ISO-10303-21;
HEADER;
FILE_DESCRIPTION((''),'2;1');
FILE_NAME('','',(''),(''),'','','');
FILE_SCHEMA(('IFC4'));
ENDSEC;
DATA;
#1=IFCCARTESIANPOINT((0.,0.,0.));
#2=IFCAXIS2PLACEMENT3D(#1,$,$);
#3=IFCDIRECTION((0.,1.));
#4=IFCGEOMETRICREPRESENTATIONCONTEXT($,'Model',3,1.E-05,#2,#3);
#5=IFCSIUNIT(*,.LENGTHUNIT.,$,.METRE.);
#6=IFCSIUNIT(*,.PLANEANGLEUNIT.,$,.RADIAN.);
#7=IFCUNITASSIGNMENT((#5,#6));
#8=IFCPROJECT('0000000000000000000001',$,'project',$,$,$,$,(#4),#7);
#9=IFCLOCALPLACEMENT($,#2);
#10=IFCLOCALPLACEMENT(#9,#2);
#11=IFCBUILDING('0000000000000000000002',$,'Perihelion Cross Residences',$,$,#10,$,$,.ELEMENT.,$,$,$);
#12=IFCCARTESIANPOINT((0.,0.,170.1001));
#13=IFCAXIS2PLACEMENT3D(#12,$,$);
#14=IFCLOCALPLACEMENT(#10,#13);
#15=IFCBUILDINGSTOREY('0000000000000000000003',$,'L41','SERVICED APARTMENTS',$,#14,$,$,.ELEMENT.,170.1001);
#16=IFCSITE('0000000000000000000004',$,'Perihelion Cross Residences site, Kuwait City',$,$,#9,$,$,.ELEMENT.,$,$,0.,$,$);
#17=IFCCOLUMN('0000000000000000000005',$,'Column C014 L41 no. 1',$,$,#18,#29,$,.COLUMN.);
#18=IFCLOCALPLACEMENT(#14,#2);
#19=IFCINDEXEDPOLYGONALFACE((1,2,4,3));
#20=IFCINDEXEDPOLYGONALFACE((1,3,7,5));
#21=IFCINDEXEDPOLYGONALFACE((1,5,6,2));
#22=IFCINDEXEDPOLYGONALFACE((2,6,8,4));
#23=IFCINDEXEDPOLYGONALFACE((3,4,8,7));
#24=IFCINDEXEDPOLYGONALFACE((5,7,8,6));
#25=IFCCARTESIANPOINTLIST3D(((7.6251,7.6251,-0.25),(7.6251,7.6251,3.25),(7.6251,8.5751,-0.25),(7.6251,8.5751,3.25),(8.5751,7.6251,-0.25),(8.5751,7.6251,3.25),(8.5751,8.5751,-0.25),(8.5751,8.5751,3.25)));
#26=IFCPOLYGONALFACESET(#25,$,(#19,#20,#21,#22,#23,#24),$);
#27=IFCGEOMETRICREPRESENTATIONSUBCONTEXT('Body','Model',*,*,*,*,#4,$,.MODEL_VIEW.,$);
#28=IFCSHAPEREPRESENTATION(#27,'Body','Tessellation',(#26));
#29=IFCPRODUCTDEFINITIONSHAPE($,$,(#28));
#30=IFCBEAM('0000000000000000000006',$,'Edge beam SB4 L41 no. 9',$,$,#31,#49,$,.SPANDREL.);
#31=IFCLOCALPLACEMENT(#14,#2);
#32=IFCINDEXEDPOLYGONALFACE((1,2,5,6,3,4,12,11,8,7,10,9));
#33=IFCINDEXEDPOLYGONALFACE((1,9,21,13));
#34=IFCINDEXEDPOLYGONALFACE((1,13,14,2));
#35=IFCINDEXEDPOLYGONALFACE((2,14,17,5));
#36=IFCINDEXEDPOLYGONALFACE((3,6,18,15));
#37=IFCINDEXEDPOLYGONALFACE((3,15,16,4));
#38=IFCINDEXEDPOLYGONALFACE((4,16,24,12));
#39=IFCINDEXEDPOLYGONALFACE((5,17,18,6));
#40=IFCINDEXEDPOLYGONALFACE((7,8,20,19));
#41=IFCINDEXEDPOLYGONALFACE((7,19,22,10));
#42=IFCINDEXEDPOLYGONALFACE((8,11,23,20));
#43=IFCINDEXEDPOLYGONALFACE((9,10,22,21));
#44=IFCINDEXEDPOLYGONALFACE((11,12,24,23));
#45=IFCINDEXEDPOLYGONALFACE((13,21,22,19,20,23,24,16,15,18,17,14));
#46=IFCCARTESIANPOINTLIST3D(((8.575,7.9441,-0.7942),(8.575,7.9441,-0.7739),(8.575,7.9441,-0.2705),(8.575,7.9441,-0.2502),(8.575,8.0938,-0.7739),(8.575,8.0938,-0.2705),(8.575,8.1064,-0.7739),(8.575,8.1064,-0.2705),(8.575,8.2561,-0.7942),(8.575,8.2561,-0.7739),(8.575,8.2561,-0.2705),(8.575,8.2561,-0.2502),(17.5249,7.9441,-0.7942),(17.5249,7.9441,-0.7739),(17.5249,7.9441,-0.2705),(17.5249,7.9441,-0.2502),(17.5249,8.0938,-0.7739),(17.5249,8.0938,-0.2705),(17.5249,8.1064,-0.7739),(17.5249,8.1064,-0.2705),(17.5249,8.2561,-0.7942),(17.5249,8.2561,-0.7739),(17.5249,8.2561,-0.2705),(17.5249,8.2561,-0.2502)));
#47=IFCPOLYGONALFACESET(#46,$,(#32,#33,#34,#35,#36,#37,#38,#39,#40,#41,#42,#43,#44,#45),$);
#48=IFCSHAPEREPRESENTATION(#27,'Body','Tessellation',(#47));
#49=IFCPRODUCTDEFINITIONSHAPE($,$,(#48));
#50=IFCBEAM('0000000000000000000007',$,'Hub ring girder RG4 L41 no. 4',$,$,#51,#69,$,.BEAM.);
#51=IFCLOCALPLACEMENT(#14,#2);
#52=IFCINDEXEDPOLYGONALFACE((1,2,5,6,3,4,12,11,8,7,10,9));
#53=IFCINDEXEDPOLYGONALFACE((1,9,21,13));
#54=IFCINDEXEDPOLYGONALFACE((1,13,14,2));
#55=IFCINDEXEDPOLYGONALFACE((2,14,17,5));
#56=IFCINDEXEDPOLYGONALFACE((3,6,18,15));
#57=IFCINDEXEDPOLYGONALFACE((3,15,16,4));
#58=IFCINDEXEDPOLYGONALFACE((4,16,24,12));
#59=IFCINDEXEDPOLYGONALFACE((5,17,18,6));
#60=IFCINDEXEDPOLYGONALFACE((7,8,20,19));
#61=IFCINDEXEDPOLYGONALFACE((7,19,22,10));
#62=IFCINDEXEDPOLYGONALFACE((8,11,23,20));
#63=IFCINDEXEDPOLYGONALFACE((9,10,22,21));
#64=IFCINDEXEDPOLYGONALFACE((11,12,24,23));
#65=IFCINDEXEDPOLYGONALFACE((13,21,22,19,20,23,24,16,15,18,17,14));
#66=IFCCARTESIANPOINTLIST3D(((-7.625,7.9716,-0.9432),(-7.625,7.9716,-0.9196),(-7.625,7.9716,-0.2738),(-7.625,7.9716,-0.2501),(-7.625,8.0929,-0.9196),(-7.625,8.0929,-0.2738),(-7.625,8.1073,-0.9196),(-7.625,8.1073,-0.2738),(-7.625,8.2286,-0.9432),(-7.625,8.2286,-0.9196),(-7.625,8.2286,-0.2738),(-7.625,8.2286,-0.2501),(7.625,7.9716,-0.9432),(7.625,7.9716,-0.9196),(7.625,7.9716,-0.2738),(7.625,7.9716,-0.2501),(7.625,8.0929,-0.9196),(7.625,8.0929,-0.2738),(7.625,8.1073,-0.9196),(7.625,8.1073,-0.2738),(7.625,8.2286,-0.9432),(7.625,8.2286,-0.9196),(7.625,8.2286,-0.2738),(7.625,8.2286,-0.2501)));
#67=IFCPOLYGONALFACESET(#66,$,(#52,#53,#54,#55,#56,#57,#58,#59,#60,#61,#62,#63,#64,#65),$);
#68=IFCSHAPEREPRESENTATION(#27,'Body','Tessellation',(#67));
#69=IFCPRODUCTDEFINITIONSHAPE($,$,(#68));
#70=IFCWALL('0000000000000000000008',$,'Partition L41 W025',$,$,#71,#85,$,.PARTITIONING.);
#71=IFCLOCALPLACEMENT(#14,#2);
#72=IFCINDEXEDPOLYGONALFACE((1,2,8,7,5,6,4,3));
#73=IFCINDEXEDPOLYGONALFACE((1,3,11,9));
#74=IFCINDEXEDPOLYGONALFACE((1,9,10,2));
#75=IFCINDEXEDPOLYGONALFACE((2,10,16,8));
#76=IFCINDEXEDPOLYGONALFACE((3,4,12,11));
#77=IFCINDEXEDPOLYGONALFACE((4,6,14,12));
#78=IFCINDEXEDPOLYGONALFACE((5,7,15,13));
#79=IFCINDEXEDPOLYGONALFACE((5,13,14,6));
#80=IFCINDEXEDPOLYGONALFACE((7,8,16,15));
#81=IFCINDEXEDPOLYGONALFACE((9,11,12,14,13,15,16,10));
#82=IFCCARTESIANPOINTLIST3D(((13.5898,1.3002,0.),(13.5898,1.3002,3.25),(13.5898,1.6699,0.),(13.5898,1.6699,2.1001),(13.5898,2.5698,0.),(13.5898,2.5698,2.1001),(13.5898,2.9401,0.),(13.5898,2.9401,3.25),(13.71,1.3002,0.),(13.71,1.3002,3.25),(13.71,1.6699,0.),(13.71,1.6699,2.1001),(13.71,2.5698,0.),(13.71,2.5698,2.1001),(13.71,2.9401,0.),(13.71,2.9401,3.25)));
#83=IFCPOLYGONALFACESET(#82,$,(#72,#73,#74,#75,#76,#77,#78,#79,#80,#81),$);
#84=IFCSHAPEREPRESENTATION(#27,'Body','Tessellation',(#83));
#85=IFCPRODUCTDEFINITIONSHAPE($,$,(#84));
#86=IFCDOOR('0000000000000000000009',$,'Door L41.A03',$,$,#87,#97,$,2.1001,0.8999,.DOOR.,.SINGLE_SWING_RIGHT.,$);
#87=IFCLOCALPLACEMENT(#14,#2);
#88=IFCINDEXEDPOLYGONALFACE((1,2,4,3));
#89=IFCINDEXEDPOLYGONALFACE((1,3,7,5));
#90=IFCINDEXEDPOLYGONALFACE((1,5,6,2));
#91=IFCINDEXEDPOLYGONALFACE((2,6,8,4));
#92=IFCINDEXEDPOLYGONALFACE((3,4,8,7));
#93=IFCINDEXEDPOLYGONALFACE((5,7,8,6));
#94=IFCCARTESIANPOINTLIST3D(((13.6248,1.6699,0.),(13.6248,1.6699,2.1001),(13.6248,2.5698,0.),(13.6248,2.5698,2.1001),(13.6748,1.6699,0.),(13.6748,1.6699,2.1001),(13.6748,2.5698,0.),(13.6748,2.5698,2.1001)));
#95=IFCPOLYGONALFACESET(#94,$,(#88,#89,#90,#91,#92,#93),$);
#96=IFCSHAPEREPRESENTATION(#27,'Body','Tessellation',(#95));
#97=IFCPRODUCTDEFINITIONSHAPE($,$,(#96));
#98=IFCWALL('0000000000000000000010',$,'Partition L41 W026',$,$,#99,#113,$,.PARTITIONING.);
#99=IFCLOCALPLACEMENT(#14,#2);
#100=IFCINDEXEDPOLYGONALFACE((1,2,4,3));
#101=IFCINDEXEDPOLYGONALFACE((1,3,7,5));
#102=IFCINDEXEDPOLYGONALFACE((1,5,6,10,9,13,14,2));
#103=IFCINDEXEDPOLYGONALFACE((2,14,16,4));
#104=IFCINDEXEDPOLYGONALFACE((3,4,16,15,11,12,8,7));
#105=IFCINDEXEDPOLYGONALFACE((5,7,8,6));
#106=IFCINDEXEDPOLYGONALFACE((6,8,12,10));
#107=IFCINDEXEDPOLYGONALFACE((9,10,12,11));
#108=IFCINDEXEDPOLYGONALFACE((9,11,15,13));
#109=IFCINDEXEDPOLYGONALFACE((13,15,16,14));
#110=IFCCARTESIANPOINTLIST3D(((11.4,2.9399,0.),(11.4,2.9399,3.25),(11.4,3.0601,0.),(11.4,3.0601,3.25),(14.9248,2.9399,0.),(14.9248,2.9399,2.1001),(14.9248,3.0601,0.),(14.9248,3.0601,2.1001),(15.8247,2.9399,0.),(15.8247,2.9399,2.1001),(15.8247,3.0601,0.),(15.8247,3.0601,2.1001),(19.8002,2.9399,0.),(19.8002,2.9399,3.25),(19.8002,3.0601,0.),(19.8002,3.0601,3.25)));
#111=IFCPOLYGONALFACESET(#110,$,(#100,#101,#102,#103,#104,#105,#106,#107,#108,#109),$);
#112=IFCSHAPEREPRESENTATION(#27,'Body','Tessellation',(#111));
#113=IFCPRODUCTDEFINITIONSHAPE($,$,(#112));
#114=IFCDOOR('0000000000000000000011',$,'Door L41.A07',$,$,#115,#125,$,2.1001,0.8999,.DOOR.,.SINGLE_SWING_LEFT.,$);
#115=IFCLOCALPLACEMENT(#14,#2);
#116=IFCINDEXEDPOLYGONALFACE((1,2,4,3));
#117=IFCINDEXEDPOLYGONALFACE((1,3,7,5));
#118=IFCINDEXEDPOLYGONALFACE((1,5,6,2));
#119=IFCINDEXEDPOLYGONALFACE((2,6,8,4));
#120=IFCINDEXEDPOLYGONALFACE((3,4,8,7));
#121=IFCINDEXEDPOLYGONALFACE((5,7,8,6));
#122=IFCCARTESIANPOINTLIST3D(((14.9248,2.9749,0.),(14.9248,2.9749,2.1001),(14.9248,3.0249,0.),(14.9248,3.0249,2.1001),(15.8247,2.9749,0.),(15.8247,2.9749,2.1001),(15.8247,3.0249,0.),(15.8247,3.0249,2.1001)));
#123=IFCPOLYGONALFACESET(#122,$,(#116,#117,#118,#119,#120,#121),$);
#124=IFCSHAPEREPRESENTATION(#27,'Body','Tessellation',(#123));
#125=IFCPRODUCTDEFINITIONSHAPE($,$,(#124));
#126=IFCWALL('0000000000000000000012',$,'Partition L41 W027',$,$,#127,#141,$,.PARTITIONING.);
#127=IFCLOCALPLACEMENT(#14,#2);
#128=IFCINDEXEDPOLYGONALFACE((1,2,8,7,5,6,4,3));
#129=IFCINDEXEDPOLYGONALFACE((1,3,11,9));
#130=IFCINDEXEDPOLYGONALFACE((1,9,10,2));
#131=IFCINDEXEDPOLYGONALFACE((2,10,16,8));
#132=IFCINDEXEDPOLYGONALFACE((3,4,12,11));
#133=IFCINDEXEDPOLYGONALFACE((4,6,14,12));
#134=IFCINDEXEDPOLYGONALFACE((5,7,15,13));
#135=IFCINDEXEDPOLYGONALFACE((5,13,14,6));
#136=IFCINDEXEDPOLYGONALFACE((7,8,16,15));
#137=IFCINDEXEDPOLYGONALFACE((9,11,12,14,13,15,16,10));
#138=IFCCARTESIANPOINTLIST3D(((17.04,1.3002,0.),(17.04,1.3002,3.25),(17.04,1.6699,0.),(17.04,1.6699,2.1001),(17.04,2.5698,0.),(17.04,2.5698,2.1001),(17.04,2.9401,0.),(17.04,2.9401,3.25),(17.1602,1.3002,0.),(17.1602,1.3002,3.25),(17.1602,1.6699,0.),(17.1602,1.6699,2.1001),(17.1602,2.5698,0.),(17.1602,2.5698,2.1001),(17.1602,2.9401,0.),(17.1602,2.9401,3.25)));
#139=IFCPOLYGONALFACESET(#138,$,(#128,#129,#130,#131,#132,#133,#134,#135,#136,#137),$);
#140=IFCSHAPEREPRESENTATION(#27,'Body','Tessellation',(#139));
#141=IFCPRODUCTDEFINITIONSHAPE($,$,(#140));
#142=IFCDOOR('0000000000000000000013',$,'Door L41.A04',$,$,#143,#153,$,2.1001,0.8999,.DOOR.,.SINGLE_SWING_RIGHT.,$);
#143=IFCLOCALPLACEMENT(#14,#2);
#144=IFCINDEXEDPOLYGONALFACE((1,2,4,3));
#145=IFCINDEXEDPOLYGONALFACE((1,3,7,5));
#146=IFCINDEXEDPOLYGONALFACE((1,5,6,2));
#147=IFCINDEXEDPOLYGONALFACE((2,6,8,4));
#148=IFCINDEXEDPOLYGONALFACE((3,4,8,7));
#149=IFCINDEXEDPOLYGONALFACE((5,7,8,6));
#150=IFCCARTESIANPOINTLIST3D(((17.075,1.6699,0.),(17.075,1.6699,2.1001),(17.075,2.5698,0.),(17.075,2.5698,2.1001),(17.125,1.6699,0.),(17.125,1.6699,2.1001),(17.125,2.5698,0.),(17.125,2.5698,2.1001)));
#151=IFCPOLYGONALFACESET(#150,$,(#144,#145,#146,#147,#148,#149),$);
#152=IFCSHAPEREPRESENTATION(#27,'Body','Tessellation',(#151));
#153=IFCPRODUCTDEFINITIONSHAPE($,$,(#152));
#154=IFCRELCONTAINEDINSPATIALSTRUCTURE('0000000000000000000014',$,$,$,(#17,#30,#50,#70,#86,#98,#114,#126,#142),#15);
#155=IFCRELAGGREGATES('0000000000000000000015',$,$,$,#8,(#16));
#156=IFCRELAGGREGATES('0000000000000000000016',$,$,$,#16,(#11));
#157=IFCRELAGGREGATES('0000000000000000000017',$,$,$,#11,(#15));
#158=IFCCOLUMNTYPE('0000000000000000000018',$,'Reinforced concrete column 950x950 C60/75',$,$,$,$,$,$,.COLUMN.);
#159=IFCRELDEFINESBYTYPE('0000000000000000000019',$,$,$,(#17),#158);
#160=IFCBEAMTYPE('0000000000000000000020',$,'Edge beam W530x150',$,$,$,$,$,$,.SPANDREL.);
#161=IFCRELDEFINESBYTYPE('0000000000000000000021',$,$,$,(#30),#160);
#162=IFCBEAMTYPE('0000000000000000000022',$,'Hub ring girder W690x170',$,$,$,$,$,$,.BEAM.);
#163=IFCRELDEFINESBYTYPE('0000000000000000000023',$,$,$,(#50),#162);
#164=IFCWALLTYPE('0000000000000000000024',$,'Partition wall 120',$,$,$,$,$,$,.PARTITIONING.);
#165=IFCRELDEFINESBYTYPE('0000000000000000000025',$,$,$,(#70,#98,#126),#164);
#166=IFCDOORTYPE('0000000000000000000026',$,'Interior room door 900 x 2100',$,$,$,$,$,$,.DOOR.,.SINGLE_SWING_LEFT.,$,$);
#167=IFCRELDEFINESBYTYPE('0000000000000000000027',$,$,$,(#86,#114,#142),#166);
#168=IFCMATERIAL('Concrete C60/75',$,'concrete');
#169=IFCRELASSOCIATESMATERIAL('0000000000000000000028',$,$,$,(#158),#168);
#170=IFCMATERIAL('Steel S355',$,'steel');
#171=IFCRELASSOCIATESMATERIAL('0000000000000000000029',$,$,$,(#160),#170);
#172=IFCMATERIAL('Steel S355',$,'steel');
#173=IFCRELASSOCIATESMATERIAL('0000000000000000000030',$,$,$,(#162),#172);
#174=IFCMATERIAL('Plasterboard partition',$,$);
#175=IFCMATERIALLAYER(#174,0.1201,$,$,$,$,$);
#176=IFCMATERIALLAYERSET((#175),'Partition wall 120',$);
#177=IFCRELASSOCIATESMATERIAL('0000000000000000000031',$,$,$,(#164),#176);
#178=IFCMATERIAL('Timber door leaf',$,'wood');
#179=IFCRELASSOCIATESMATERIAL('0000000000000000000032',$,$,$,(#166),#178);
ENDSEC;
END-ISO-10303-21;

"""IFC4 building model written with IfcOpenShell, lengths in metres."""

from ifc_helpers import new_model, si_unit, direction, frame, frame_2d, origin, origin_2d, place, context, subcontext, project, spatial, rectangle, i_section, extrude, material, layer, layer_set, material_profile, profile_set, type_object, element, fill, save


model = new_model("IFC4")

# Units and contexts
model_context = context("Model", 3, precision=1e-05, world=origin(), true_north=direction((0.0, 1.0)))
body_context = subcontext(model_context, "Body", "Model", "MODEL_VIEW")
ifc_project = project(units=[si_unit("LENGTHUNIT", "METRE"), si_unit("PLANEANGLEUNIT", "RADIAN")], contexts=[model_context])

# Site, building, storey
site_placement = place(None, origin())
site = spatial("IfcSite", under=ifc_project, at=site_placement, Name="Perihelion Cross Residences site, Kuwait City", CompositionType="ELEMENT", RefElevation=0.0)
building_placement = place(site_placement, origin())
building = spatial("IfcBuilding", under=site, at=building_placement, Name="Perihelion Cross Residences", CompositionType="ELEMENT")
storey_placement = place(building_placement, frame((0.0, 0.0, 170.1001)))
storey = spatial("IfcBuildingStorey", under=building, at=storey_placement, Name="L41", Description="SERVICED APARTMENTS", CompositionType="ELEMENT", Elevation=170.1001)

# Column
ifc_material_1 = material(Name="Concrete C60/75", Category="concrete")
ifc_material_profile_1 = material_profile(ifc_material_1, rectangle(XDim=0.95, YDim=0.95, at=origin_2d()), Name="RC 950x950")
ifc_profile_set_1 = profile_set([ifc_material_profile_1], Name="Concrete C60/75")
column_type = type_object("IfcColumnType", Name="Reinforced concrete column 950x950 C60/75", PredefinedType="COLUMN", material=ifc_profile_set_1)
column_placement = place(storey_placement, frame((8.1001, 8.1001, -0.25), z_axis=(0.0, 0.0, 1.0), x_axis=(1.0, 0.0, 0.0)))
element("IfcColumn", 1, at=column_placement, inside=storey, type_object=column_type, Name="Column C014 L41 no. 1", PredefinedType="COLUMN", context=body_context, shape_type="SweptSolid", body=[
    extrude(rectangle(XDim=0.95, YDim=0.95, at=origin_2d()), origin(), (0.0, 0.0, 1.0), 3.5),
])

# Beams
ifc_material_2 = material(Name="Steel S355", Category="steel")
ifc_material_profile_2 = material_profile(ifc_material_2, i_section(OverallWidth=0.312, OverallDepth=0.5439, WebThickness=0.0127, FlangeThickness=0.0203, at=origin_2d()), Name="W530x150")
ifc_profile_set_2 = profile_set([ifc_material_profile_2], Name="Steel S355")
beam_type_1 = type_object("IfcBeamType", Name="Edge beam W530x150", PredefinedType="SPANDREL", material=ifc_profile_set_2)
beam_1_placement = place(storey_placement, frame((17.5249, 8.1001, -0.5222), z_axis=(-1.0, 0.0, 0.0), x_axis=(0.0, -1.0, 0.0)))
element("IfcBeam", 2, at=beam_1_placement, inside=storey, type_object=beam_type_1, Name="Edge beam SB4 L41 no. 9", PredefinedType="SPANDREL", context=body_context, shape_type="SweptSolid", body=[
    extrude(i_section(OverallWidth=0.312, OverallDepth=0.5439, WebThickness=0.0127, FlangeThickness=0.0203, at=origin_2d()), origin(), (0.0, 0.0, 1.0), 8.95),
])
ifc_material_3 = material(Name="Steel S355", Category="steel")
ifc_material_profile_3 = material_profile(ifc_material_3, i_section(OverallWidth=0.2571, OverallDepth=0.6931, WebThickness=0.0144, FlangeThickness=0.0237, at=origin_2d()), Name="W690x170")
ifc_profile_set_3 = profile_set([ifc_material_profile_3], Name="Steel S355")
beam_type_2 = type_object("IfcBeamType", Name="Hub ring girder W690x170", PredefinedType="BEAM", material=ifc_profile_set_3)
beam_2_placement = place(storey_placement, frame((7.625, 8.1001, -0.5967), z_axis=(-1.0, 0.0, 0.0), x_axis=(0.0, -1.0, 0.0)))
element("IfcBeam", 3, at=beam_2_placement, inside=storey, type_object=beam_type_2, Name="Hub ring girder RG4 L41 no. 4", PredefinedType="BEAM", context=body_context, shape_type="SweptSolid", body=[
    extrude(i_section(OverallWidth=0.2571, OverallDepth=0.6931, WebThickness=0.0144, FlangeThickness=0.0237, at=origin_2d()), origin(), (0.0, 0.0, 1.0), 15.25),
])

# Walls, openings, doors
ifc_material_4 = material(Name="Plasterboard partition")
ifc_layer_1 = layer(ifc_material_4, 0.1201)
ifc_layer_set_1 = layer_set([ifc_layer_1], Name="Partition wall 120")
wall_type_1 = type_object("IfcWallType", Name="Partition wall 120", PredefinedType="PARTITIONING", material=ifc_layer_set_1)
wall_1_placement = place(storey_placement, frame((13.6499, 2.9399, 0.0), z_axis=(0.0, 0.0, 1.0), x_axis=(0.0, -1.0, 0.0)))
wall_1 = element("IfcWall", 4, at=wall_1_placement, inside=storey, type_object=wall_type_1, Name="Partition L41 W025", PredefinedType="PARTITIONING", context=body_context, shape_type="SweptSolid", body=[
    extrude(rectangle(XDim=1.6399, YDim=0.1201, at=frame_2d((0.8198, 0.0))), origin(), (0.0, 0.0, 1.0), 3.25),
])
opening_1_placement = place(wall_1_placement, frame((0.3701, 0.0, 0.0)))
opening_1 = element("IfcOpeningElement", 5, at=opening_1_placement, cuts=wall_1, PredefinedType="OPENING", context=body_context, shape_type="SweptSolid", body=[
    extrude(rectangle(XDim=0.8999, YDim=2.1001, at=frame_2d((0.45, 1.05))), frame((0.0, 0.0701, 0.0), z_axis=(0.0, -1.0, 0.0), x_axis=(1.0, 0.0, 0.0)), (0.0, 0.0, 1.0), 0.1401),
])
ifc_material_5 = material(Name="Timber door leaf", Category="wood")
door_type_1 = type_object("IfcDoorType", Name="Interior room door 900 x 2100", OperationType="SINGLE_SWING_LEFT", PredefinedType="DOOR", material=ifc_material_5)
door_1_placement = place(opening_1_placement, origin())
door_1 = element("IfcDoor", 6, at=door_1_placement, inside=storey, type_object=door_type_1, Name="Door L41.A03", OperationType="SINGLE_SWING_RIGHT", OverallHeight=2.1001, OverallWidth=0.8999, PredefinedType="DOOR", context=body_context, shape_type="SweptSolid", body=[
    extrude(rectangle(XDim=0.8999, YDim=2.1001, at=frame_2d((0.45, 1.05))), frame((0.0, 0.0249, 0.0), z_axis=(0.0, -1.0, 0.0), x_axis=(1.0, 0.0, 0.0)), (0.0, 0.0, 1.0), 0.05),
])
fill(opening_1, door_1)
wall_2_placement = place(storey_placement, frame((11.3999, 3.0, 0.0), z_axis=(0.0, 0.0, 1.0), x_axis=(1.0, 0.0, 0.0)))
wall_2 = element("IfcWall", 7, at=wall_2_placement, inside=storey, type_object=wall_type_1, Name="Partition L41 W026", PredefinedType="PARTITIONING", context=body_context, shape_type="SweptSolid", body=[
    extrude(rectangle(XDim=8.4001, YDim=0.1201, at=frame_2d((4.2002, 0.0))), origin(), (0.0, 0.0, 1.0), 3.25),
])
opening_2_placement = place(wall_2_placement, frame((3.5249, 0.0, 0.0)))
opening_2 = element("IfcOpeningElement", 8, at=opening_2_placement, cuts=wall_2, PredefinedType="OPENING", context=body_context, shape_type="SweptSolid", body=[
    extrude(rectangle(XDim=0.8999, YDim=2.1001, at=frame_2d((0.45, 1.05))), frame((0.0, 0.0701, 0.0), z_axis=(0.0, -1.0, 0.0), x_axis=(1.0, 0.0, 0.0)), (0.0, 0.0, 1.0), 0.1401),
])
door_2_placement = place(opening_2_placement, origin())
door_2 = element("IfcDoor", 9, at=door_2_placement, inside=storey, type_object=door_type_1, Name="Door L41.A07", OperationType="SINGLE_SWING_LEFT", OverallHeight=2.1001, OverallWidth=0.8999, PredefinedType="DOOR", context=body_context, shape_type="SweptSolid", body=[
    extrude(rectangle(XDim=0.8999, YDim=2.1001, at=frame_2d((0.45, 1.05))), frame((0.0, 0.0249, 0.0), z_axis=(0.0, -1.0, 0.0), x_axis=(1.0, 0.0, 0.0)), (0.0, 0.0, 1.0), 0.05),
])
fill(opening_2, door_2)
wall_3_placement = place(storey_placement, frame((17.1001, 2.9399, 0.0), z_axis=(0.0, 0.0, 1.0), x_axis=(0.0, -1.0, 0.0)))
wall_3 = element("IfcWall", 10, at=wall_3_placement, inside=storey, type_object=wall_type_1, Name="Partition L41 W027", PredefinedType="PARTITIONING", context=body_context, shape_type="SweptSolid", body=[
    extrude(rectangle(XDim=1.6399, YDim=0.1201, at=frame_2d((0.8198, 0.0))), origin(), (0.0, 0.0, 1.0), 3.25),
])
opening_3_placement = place(wall_3_placement, frame((0.3701, 0.0, 0.0)))
opening_3 = element("IfcOpeningElement", 11, at=opening_3_placement, cuts=wall_3, PredefinedType="OPENING", context=body_context, shape_type="SweptSolid", body=[
    extrude(rectangle(XDim=0.8999, YDim=2.1001, at=frame_2d((0.45, 1.05))), frame((0.0, 0.0701, 0.0), z_axis=(0.0, -1.0, 0.0), x_axis=(1.0, 0.0, 0.0)), (0.0, 0.0, 1.0), 0.1401),
])
door_3_placement = place(opening_3_placement, origin())
door_3 = element("IfcDoor", 12, at=door_3_placement, inside=storey, type_object=door_type_1, Name="Door L41.A04", OperationType="SINGLE_SWING_RIGHT", OverallHeight=2.1001, OverallWidth=0.8999, PredefinedType="DOOR", context=body_context, shape_type="SweptSolid", body=[
    extrude(rectangle(XDim=0.8999, YDim=2.1001, at=frame_2d((0.45, 1.05))), frame((0.0, 0.0249, 0.0), z_axis=(0.0, -1.0, 0.0), x_axis=(1.0, 0.0, 0.0)), (0.0, 0.0, 1.0), 0.05),
])
fill(opening_3, door_3)

save(model, "model.ifc")
